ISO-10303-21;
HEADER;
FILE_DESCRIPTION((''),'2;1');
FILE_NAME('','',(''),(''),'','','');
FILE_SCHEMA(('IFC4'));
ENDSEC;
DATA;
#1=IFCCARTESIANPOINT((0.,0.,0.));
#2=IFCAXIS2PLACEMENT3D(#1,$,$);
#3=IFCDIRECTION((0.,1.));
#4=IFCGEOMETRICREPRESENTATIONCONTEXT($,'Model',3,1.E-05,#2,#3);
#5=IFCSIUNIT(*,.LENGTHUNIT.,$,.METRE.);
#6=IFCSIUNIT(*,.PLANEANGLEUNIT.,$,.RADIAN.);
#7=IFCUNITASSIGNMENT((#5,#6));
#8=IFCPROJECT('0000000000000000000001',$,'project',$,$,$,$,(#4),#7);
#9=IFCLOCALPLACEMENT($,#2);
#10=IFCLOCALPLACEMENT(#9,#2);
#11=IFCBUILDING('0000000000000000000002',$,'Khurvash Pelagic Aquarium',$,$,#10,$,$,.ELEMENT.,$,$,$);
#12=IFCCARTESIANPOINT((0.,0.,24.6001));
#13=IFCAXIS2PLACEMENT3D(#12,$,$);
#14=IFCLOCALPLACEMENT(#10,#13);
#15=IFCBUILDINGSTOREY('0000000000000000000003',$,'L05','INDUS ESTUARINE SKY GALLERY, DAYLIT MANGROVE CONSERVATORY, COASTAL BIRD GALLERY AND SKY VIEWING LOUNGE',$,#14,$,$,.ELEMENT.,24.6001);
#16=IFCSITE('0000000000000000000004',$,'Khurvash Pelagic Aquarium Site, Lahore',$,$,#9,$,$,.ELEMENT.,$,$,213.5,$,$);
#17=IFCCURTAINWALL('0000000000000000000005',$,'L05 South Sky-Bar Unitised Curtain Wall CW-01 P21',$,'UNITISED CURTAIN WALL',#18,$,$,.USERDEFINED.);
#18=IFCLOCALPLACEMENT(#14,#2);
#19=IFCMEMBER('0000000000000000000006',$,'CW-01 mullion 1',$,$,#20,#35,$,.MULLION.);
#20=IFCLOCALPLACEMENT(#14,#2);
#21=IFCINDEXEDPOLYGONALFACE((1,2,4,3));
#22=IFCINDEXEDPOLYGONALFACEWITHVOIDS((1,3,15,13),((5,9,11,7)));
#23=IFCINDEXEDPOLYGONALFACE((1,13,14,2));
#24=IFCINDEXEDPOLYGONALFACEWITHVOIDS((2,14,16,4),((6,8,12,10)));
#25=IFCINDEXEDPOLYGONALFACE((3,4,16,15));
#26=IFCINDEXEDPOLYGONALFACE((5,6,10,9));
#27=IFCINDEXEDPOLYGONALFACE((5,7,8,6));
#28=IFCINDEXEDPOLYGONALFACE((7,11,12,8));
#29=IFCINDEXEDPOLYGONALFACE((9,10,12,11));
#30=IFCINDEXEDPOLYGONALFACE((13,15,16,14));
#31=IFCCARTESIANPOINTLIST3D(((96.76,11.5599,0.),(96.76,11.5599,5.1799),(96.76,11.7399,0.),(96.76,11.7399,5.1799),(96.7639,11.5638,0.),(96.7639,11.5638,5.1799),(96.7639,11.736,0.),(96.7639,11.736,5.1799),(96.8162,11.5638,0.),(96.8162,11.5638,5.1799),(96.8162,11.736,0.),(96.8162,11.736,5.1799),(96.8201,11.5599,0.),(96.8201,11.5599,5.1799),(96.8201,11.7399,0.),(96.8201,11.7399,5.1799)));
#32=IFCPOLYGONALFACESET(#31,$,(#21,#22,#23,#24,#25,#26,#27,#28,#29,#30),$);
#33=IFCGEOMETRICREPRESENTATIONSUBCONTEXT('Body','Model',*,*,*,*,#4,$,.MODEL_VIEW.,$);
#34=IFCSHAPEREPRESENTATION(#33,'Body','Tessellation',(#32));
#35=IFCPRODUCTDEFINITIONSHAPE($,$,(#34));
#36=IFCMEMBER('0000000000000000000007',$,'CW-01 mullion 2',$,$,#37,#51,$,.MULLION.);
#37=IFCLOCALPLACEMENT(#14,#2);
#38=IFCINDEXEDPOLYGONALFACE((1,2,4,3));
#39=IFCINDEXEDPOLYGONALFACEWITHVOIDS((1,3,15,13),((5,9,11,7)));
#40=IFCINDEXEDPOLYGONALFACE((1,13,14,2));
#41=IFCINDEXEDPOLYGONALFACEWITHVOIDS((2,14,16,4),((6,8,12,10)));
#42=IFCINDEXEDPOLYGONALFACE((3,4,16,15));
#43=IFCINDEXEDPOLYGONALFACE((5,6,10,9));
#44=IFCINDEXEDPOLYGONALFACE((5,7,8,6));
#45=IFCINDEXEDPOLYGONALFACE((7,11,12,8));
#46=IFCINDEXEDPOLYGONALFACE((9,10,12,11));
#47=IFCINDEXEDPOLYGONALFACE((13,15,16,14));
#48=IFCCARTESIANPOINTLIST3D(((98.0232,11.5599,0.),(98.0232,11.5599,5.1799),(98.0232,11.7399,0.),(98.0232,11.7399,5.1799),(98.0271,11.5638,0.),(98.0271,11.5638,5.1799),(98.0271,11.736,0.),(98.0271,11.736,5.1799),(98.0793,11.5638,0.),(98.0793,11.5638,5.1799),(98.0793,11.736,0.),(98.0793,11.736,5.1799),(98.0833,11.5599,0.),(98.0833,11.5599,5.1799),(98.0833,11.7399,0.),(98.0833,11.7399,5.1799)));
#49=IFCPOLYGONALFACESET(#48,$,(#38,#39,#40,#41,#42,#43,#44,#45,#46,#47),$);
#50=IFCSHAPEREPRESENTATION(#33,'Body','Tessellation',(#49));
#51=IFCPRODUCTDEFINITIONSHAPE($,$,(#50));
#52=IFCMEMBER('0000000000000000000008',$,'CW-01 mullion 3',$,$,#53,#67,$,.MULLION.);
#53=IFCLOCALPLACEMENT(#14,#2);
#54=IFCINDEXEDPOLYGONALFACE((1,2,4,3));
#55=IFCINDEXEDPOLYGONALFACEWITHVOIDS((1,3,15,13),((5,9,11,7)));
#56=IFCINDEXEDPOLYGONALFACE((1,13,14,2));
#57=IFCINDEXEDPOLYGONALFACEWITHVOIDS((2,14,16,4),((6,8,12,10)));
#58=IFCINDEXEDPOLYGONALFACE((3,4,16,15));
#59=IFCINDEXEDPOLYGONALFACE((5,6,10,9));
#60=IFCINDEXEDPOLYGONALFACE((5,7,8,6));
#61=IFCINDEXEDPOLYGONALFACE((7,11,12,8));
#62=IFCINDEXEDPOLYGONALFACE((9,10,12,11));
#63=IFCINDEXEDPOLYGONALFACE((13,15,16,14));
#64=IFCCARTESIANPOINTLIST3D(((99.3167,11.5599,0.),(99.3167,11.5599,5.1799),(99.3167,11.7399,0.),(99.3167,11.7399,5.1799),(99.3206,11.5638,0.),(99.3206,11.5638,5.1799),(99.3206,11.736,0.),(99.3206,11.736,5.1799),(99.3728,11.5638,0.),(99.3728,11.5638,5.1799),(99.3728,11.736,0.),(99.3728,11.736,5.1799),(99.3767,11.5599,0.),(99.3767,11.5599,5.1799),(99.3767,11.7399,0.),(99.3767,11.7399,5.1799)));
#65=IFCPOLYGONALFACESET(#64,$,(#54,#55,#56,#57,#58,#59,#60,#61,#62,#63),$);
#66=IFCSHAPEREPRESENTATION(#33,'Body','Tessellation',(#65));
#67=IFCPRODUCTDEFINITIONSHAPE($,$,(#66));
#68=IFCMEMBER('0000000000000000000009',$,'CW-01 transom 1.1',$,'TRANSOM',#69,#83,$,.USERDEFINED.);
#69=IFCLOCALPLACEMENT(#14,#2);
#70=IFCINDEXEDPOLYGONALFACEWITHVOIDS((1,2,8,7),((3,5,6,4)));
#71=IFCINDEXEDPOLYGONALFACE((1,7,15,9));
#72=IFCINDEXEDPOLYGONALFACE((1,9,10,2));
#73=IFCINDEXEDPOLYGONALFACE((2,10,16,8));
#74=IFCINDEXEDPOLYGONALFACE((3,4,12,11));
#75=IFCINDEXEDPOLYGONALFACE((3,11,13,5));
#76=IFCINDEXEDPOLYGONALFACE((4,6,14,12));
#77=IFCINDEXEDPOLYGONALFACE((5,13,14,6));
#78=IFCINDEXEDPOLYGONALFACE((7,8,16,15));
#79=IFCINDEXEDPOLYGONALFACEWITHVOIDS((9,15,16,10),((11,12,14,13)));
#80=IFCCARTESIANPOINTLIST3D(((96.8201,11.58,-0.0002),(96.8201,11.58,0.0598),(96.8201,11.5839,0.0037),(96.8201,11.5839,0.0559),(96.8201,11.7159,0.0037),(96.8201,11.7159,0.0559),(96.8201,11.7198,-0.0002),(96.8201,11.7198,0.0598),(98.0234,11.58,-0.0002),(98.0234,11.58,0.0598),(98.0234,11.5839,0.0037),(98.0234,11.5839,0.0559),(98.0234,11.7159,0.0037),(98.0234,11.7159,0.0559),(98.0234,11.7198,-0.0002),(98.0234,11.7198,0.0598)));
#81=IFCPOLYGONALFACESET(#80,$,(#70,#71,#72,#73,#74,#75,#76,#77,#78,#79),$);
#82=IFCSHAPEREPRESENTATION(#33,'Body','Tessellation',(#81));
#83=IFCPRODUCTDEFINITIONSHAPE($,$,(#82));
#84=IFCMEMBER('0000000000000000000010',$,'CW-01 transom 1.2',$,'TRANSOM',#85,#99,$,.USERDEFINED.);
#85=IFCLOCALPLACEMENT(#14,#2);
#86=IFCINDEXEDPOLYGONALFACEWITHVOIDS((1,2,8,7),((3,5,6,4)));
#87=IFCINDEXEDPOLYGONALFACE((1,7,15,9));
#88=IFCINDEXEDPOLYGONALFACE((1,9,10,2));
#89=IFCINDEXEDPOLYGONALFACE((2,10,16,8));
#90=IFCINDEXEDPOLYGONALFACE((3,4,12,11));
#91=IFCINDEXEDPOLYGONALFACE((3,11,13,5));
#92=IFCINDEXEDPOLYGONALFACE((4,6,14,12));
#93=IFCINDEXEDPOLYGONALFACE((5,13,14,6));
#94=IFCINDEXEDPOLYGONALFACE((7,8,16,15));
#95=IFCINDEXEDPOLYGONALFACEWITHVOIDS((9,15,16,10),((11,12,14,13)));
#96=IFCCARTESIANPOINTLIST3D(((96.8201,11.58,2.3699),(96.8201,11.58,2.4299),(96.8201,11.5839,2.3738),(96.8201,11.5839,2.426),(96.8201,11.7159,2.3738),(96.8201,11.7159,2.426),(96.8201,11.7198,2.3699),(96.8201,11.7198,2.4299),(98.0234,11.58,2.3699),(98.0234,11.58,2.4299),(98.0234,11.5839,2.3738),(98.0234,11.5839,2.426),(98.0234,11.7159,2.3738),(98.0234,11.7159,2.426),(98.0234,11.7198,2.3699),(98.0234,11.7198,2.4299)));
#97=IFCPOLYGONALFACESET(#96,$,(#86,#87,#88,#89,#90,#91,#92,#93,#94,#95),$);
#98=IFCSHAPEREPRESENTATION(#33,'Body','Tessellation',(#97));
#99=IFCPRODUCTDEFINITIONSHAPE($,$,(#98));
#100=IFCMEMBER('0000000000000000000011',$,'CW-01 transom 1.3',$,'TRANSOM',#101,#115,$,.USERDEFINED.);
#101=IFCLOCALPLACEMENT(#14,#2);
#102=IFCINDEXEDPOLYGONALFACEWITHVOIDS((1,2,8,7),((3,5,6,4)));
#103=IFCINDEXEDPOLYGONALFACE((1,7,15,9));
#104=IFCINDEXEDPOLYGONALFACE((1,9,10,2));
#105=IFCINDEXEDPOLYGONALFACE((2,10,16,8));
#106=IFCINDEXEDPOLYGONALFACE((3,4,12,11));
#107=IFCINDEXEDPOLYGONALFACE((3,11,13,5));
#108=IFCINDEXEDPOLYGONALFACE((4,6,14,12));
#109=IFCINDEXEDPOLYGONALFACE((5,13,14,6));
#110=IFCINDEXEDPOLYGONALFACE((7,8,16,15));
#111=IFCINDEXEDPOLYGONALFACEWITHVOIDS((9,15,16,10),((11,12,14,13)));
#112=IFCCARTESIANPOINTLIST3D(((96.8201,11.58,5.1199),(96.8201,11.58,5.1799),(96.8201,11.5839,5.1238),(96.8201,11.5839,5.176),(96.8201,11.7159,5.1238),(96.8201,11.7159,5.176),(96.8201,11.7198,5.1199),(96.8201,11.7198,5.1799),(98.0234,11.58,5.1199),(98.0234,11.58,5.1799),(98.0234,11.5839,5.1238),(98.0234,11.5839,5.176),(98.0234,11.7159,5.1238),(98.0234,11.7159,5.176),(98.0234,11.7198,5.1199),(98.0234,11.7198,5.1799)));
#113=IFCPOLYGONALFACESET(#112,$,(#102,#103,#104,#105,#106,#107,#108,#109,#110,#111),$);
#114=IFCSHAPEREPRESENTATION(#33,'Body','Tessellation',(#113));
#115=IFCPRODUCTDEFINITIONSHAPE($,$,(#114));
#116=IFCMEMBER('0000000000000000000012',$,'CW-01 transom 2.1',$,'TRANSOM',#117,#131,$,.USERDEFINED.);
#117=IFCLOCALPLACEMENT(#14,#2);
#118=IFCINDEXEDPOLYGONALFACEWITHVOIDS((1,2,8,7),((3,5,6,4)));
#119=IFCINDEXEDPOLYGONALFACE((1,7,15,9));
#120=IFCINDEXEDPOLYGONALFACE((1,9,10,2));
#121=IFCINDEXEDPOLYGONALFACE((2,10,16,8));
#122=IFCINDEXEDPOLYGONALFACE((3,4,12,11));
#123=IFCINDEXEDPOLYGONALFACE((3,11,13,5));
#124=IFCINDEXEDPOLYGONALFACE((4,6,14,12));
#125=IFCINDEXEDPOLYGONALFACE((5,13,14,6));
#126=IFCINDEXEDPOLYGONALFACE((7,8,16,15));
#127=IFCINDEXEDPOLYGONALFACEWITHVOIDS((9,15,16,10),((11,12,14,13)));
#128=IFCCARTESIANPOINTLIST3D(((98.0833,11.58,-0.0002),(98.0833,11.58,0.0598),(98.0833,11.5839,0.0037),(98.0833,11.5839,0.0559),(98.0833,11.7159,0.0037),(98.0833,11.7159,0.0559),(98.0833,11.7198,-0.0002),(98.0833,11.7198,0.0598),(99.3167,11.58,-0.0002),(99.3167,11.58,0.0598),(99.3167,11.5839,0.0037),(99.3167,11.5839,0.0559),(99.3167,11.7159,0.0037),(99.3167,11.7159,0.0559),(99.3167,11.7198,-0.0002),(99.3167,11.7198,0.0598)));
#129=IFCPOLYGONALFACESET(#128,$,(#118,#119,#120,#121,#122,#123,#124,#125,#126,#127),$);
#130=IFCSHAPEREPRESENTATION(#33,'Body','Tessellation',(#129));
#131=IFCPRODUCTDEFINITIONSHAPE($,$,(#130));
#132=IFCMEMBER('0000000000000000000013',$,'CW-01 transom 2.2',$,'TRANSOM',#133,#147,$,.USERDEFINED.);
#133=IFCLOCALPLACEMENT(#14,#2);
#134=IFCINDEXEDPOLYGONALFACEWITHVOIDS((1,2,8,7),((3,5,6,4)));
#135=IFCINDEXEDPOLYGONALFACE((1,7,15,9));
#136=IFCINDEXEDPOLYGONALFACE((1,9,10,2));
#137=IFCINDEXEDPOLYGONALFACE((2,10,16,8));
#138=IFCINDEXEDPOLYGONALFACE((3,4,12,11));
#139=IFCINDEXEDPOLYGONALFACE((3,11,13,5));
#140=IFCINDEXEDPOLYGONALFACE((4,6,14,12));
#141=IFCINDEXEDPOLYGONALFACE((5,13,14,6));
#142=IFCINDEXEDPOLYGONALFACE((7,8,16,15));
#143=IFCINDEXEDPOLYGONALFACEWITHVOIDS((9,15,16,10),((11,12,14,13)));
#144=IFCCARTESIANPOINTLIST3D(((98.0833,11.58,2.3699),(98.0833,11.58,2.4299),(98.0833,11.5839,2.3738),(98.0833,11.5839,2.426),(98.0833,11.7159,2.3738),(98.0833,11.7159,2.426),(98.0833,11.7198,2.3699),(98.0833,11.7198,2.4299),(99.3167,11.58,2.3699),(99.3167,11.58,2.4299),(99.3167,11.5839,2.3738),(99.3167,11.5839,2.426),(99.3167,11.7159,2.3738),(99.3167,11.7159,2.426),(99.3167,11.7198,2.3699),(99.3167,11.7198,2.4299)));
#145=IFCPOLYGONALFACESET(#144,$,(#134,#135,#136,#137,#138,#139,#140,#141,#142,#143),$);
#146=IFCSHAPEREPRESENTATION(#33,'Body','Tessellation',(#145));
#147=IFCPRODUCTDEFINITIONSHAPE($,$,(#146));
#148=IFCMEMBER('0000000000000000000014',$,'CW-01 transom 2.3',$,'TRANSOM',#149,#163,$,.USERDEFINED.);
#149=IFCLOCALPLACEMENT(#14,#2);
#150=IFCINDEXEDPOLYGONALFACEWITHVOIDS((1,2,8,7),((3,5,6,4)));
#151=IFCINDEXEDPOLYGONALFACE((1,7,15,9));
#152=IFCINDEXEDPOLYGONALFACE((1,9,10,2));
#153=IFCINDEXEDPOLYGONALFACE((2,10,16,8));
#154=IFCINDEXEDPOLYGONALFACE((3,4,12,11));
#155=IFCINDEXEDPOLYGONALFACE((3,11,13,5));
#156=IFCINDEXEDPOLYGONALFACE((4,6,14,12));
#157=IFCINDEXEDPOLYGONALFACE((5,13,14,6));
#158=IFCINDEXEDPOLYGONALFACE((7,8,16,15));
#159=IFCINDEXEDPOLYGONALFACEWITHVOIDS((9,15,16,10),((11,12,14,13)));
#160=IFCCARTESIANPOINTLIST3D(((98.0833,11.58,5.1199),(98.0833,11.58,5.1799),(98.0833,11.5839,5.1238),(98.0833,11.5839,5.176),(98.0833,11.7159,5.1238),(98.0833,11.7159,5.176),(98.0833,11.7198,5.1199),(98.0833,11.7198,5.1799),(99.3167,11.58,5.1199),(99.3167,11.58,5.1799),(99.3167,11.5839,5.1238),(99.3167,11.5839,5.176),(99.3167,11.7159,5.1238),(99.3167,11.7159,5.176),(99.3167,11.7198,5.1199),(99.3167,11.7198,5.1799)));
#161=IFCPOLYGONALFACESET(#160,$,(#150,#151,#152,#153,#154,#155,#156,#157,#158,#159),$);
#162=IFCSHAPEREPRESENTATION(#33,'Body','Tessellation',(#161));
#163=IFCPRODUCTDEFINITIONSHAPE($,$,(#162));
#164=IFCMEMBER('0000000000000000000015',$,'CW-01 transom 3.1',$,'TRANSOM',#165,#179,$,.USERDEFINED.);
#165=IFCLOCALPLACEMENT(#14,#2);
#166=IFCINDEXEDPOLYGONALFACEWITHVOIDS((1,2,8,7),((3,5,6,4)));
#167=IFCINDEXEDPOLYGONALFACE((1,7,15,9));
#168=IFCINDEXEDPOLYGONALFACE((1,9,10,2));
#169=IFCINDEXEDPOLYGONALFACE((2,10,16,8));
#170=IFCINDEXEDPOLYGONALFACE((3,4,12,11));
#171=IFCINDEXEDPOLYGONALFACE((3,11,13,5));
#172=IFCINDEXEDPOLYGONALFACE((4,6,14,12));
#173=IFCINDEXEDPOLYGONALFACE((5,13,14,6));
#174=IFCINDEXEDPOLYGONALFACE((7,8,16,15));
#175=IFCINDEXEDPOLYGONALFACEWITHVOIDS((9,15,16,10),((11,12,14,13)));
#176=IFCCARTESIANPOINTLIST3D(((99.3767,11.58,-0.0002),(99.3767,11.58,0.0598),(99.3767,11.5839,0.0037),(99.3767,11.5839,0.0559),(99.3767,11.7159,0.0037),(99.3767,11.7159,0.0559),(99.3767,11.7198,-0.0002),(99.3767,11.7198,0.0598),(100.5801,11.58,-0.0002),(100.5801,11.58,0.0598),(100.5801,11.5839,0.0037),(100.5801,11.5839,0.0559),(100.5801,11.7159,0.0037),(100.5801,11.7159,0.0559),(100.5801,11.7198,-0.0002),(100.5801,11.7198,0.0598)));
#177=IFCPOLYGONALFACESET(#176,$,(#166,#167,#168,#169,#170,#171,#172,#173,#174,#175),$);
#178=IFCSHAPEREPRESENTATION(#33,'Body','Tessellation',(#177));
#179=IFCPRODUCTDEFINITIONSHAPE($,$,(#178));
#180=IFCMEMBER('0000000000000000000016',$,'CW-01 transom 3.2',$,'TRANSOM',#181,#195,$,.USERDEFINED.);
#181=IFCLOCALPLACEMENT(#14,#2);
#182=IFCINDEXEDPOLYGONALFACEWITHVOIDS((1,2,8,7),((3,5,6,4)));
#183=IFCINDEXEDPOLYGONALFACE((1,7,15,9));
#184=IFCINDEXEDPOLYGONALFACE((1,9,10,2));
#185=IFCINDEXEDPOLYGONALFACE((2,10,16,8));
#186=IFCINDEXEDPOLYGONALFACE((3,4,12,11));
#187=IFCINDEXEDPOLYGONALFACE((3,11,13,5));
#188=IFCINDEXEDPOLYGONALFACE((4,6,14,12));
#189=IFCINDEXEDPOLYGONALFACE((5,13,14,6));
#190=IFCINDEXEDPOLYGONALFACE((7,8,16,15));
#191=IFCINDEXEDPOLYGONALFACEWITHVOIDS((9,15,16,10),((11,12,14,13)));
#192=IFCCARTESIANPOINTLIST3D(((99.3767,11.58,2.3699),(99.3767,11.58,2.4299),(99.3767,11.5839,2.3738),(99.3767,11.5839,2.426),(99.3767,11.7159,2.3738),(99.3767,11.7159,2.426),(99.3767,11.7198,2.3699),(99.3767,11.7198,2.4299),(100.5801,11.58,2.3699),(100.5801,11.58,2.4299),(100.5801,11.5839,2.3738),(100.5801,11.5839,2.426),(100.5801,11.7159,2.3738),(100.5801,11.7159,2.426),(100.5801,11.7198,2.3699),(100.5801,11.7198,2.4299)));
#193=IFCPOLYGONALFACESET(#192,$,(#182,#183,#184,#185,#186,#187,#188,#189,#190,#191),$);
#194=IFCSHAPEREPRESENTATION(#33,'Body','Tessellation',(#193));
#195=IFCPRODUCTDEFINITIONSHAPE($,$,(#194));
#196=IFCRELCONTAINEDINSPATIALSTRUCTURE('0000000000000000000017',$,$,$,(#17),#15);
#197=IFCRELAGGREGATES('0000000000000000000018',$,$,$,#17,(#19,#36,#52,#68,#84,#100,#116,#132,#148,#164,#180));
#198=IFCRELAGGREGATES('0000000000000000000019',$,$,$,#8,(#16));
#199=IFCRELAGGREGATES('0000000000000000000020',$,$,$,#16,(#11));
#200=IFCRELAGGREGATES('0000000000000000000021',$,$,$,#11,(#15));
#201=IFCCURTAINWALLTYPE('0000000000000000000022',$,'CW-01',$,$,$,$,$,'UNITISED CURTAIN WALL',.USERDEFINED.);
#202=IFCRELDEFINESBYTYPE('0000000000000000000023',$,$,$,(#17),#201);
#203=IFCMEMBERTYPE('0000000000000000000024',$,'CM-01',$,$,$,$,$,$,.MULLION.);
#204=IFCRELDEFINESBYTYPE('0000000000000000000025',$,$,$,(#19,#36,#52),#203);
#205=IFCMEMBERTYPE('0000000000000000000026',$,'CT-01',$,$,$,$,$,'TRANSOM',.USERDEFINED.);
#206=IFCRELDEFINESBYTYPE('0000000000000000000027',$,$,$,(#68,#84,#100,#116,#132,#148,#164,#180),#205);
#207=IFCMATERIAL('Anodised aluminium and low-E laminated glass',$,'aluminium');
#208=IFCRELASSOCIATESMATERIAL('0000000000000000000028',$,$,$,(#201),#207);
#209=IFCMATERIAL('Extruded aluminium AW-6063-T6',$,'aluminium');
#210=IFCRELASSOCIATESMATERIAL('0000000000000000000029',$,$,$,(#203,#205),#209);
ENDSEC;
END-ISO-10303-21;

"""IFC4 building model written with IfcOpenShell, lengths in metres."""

from ifc_helpers import new_model, si_unit, direction, frame, origin, origin_2d, place, context, subcontext, project, spatial, hollow_rectangle, extrude, material, material_profile, profile_set, type_object, element, aggregate, save


model = new_model("IFC4")

# Units and contexts
model_context = context("Model", 3, precision=1e-05, world=origin(), true_north=direction((0.0, 1.0)))
body_context = subcontext(model_context, "Body", "Model", "MODEL_VIEW")
ifc_project = project(units=[si_unit("LENGTHUNIT", "METRE"), si_unit("PLANEANGLEUNIT", "RADIAN")], contexts=[model_context])

# Site, building, storey
site_placement = place(None, origin())
site = spatial("IfcSite", under=ifc_project, at=site_placement, Name="Khurvash Pelagic Aquarium Site, Lahore", CompositionType="ELEMENT", RefElevation=213.5)
building_placement = place(site_placement, origin())
building = spatial("IfcBuilding", under=site, at=building_placement, Name="Khurvash Pelagic Aquarium", CompositionType="ELEMENT")
storey_placement = place(building_placement, frame((0.0, 0.0, 24.6001)))
storey = spatial("IfcBuildingStorey", under=building, at=storey_placement, Name="L05", Description="INDUS ESTUARINE SKY GALLERY, DAYLIT MANGROVE CONSERVATORY, COASTAL BIRD GALLERY AND SKY VIEWING LOUNGE", CompositionType="ELEMENT", Elevation=24.6001)

# Curtain wall, members
ifc_material_1 = material(Name="Anodised aluminium and low-E laminated glass", Category="aluminium")
curtain_wall_type = type_object("IfcCurtainWallType", Name="CW-01", ElementType="UNITISED CURTAIN WALL", PredefinedType="USERDEFINED", material=ifc_material_1)
curtain_wall_placement = place(storey_placement, origin())
curtain_wall = element("IfcCurtainWall", 1, at=curtain_wall_placement, inside=storey, type_object=curtain_wall_type, Name="L05 South Sky-Bar Unitised Curtain Wall CW-01 P21", ObjectType="UNITISED CURTAIN WALL", PredefinedType="USERDEFINED")
ifc_material_2 = material(Name="Extruded aluminium AW-6063-T6", Category="aluminium")
ifc_material_profile_1 = material_profile(ifc_material_2, hollow_rectangle(XDim=0.0601, YDim=0.1799, WallThickness=0.0039, at=origin_2d()), Name="CWM60X180X4")
ifc_profile_set_1 = profile_set([ifc_material_profile_1], Name="Extruded aluminium AW-6063-T6")
member_type_1 = type_object("IfcMemberType", Name="CM-01", PredefinedType="MULLION", material=ifc_profile_set_1)
member_1_placement = place(storey_placement, frame((96.79, 11.6499, 0.0), z_axis=(0.0, 0.0, 1.0), x_axis=(1.0, 0.0, 0.0)))
member_1 = element("IfcMember", 2, at=member_1_placement, type_object=member_type_1, Name="CW-01 mullion 1", PredefinedType="MULLION", context=body_context, shape_type="SweptSolid", body=[
    extrude(hollow_rectangle(XDim=0.0601, YDim=0.1799, WallThickness=0.0039, at=origin_2d()), origin(), (0.0, 0.0, 1.0), 5.1799),
])
member_2_placement = place(storey_placement, frame((98.0532, 11.6499, 0.0), z_axis=(0.0, 0.0, 1.0), x_axis=(1.0, 0.0, 0.0)))
member_2 = element("IfcMember", 3, at=member_2_placement, type_object=member_type_1, Name="CW-01 mullion 2", PredefinedType="MULLION", context=body_context, shape_type="SweptSolid", body=[
    extrude(hollow_rectangle(XDim=0.0601, YDim=0.1799, WallThickness=0.0039, at=origin_2d()), origin(), (0.0, 0.0, 1.0), 5.1799),
])
member_3_placement = place(storey_placement, frame((99.3467, 11.6499, 0.0), z_axis=(0.0, 0.0, 1.0), x_axis=(1.0, 0.0, 0.0)))
member_3 = element("IfcMember", 4, at=member_3_placement, type_object=member_type_1, Name="CW-01 mullion 3", PredefinedType="MULLION", context=body_context, shape_type="SweptSolid", body=[
    extrude(hollow_rectangle(XDim=0.0601, YDim=0.1799, WallThickness=0.0039, at=origin_2d()), origin(), (0.0, 0.0, 1.0), 5.1799),
])
ifc_material_profile_2 = material_profile(ifc_material_2, hollow_rectangle(XDim=0.1399, YDim=0.0601, WallThickness=0.0039, at=origin_2d()), Name="CWT140X60X4")
ifc_profile_set_2 = profile_set([ifc_material_profile_2], Name="Extruded aluminium AW-6063-T6")
member_type_2 = type_object("IfcMemberType", Name="CT-01", ElementType="TRANSOM", PredefinedType="USERDEFINED", material=ifc_profile_set_2)
member_4_placement = place(storey_placement, frame((96.8201, 11.6499, 0.0298), z_axis=(1.0, 0.0, 0.0), x_axis=(0.0, 1.0, 0.0)))
member_4 = element("IfcMember", 5, at=member_4_placement, type_object=member_type_2, Name="CW-01 transom 1.1", ObjectType="TRANSOM", PredefinedType="USERDEFINED", context=body_context, shape_type="SweptSolid", body=[
    extrude(hollow_rectangle(XDim=0.1399, YDim=0.0601, WallThickness=0.0039, at=origin_2d()), origin(), (0.0, 0.0, 1.0), 1.2034),
])
member_5_placement = place(storey_placement, frame((96.8201, 11.6499, 2.3999), z_axis=(1.0, 0.0, 0.0), x_axis=(0.0, 1.0, 0.0)))
member_5 = element("IfcMember", 6, at=member_5_placement, type_object=member_type_2, Name="CW-01 transom 1.2", ObjectType="TRANSOM", PredefinedType="USERDEFINED", context=body_context, shape_type="SweptSolid", body=[
    extrude(hollow_rectangle(XDim=0.1399, YDim=0.0601, WallThickness=0.0039, at=origin_2d()), origin(), (0.0, 0.0, 1.0), 1.2034),
])
member_6_placement = place(storey_placement, frame((96.8201, 11.6499, 5.1499), z_axis=(1.0, 0.0, 0.0), x_axis=(0.0, 1.0, 0.0)))
member_6 = element("IfcMember", 7, at=member_6_placement, type_object=member_type_2, Name="CW-01 transom 1.3", ObjectType="TRANSOM", PredefinedType="USERDEFINED", context=body_context, shape_type="SweptSolid", body=[
    extrude(hollow_rectangle(XDim=0.1399, YDim=0.0601, WallThickness=0.0039, at=origin_2d()), origin(), (0.0, 0.0, 1.0), 1.2034),
])
member_7_placement = place(storey_placement, frame((98.0833, 11.6499, 0.0298), z_axis=(1.0, 0.0, 0.0), x_axis=(0.0, 1.0, 0.0)))
member_7 = element("IfcMember", 8, at=member_7_placement, type_object=member_type_2, Name="CW-01 transom 2.1", ObjectType="TRANSOM", PredefinedType="USERDEFINED", context=body_context, shape_type="SweptSolid", body=[
    extrude(hollow_rectangle(XDim=0.1399, YDim=0.0601, WallThickness=0.0039, at=origin_2d()), origin(), (0.0, 0.0, 1.0), 1.2334),
])
member_8_placement = place(storey_placement, frame((98.0833, 11.6499, 2.3999), z_axis=(1.0, 0.0, 0.0), x_axis=(0.0, 1.0, 0.0)))
member_8 = element("IfcMember", 9, at=member_8_placement, type_object=member_type_2, Name="CW-01 transom 2.2", ObjectType="TRANSOM", PredefinedType="USERDEFINED", context=body_context, shape_type="SweptSolid", body=[
    extrude(hollow_rectangle(XDim=0.1399, YDim=0.0601, WallThickness=0.0039, at=origin_2d()), origin(), (0.0, 0.0, 1.0), 1.2334),
])
member_9_placement = place(storey_placement, frame((98.0833, 11.6499, 5.1499), z_axis=(1.0, 0.0, 0.0), x_axis=(0.0, 1.0, 0.0)))
member_9 = element("IfcMember", 10, at=member_9_placement, type_object=member_type_2, Name="CW-01 transom 2.3", ObjectType="TRANSOM", PredefinedType="USERDEFINED", context=body_context, shape_type="SweptSolid", body=[
    extrude(hollow_rectangle(XDim=0.1399, YDim=0.0601, WallThickness=0.0039, at=origin_2d()), origin(), (0.0, 0.0, 1.0), 1.2334),
])
member_10_placement = place(storey_placement, frame((99.3767, 11.6499, 0.0298), z_axis=(1.0, 0.0, 0.0), x_axis=(0.0, 1.0, 0.0)))
member_10 = element("IfcMember", 11, at=member_10_placement, type_object=member_type_2, Name="CW-01 transom 3.1", ObjectType="TRANSOM", PredefinedType="USERDEFINED", context=body_context, shape_type="SweptSolid", body=[
    extrude(hollow_rectangle(XDim=0.1399, YDim=0.0601, WallThickness=0.0039, at=origin_2d()), origin(), (0.0, 0.0, 1.0), 1.2034),
])
member_11_placement = place(storey_placement, frame((99.3767, 11.6499, 2.3999), z_axis=(1.0, 0.0, 0.0), x_axis=(0.0, 1.0, 0.0)))
member_11 = element("IfcMember", 12, at=member_11_placement, type_object=member_type_2, Name="CW-01 transom 3.2", ObjectType="TRANSOM", PredefinedType="USERDEFINED", context=body_context, shape_type="SweptSolid", body=[
    extrude(hollow_rectangle(XDim=0.1399, YDim=0.0601, WallThickness=0.0039, at=origin_2d()), origin(), (0.0, 0.0, 1.0), 1.2034),
])

aggregate(curtain_wall, [member_1, member_2, member_3, member_4, member_5, member_6, member_7, member_8, member_9, member_10, member_11])

save(model, "model.ifc")
